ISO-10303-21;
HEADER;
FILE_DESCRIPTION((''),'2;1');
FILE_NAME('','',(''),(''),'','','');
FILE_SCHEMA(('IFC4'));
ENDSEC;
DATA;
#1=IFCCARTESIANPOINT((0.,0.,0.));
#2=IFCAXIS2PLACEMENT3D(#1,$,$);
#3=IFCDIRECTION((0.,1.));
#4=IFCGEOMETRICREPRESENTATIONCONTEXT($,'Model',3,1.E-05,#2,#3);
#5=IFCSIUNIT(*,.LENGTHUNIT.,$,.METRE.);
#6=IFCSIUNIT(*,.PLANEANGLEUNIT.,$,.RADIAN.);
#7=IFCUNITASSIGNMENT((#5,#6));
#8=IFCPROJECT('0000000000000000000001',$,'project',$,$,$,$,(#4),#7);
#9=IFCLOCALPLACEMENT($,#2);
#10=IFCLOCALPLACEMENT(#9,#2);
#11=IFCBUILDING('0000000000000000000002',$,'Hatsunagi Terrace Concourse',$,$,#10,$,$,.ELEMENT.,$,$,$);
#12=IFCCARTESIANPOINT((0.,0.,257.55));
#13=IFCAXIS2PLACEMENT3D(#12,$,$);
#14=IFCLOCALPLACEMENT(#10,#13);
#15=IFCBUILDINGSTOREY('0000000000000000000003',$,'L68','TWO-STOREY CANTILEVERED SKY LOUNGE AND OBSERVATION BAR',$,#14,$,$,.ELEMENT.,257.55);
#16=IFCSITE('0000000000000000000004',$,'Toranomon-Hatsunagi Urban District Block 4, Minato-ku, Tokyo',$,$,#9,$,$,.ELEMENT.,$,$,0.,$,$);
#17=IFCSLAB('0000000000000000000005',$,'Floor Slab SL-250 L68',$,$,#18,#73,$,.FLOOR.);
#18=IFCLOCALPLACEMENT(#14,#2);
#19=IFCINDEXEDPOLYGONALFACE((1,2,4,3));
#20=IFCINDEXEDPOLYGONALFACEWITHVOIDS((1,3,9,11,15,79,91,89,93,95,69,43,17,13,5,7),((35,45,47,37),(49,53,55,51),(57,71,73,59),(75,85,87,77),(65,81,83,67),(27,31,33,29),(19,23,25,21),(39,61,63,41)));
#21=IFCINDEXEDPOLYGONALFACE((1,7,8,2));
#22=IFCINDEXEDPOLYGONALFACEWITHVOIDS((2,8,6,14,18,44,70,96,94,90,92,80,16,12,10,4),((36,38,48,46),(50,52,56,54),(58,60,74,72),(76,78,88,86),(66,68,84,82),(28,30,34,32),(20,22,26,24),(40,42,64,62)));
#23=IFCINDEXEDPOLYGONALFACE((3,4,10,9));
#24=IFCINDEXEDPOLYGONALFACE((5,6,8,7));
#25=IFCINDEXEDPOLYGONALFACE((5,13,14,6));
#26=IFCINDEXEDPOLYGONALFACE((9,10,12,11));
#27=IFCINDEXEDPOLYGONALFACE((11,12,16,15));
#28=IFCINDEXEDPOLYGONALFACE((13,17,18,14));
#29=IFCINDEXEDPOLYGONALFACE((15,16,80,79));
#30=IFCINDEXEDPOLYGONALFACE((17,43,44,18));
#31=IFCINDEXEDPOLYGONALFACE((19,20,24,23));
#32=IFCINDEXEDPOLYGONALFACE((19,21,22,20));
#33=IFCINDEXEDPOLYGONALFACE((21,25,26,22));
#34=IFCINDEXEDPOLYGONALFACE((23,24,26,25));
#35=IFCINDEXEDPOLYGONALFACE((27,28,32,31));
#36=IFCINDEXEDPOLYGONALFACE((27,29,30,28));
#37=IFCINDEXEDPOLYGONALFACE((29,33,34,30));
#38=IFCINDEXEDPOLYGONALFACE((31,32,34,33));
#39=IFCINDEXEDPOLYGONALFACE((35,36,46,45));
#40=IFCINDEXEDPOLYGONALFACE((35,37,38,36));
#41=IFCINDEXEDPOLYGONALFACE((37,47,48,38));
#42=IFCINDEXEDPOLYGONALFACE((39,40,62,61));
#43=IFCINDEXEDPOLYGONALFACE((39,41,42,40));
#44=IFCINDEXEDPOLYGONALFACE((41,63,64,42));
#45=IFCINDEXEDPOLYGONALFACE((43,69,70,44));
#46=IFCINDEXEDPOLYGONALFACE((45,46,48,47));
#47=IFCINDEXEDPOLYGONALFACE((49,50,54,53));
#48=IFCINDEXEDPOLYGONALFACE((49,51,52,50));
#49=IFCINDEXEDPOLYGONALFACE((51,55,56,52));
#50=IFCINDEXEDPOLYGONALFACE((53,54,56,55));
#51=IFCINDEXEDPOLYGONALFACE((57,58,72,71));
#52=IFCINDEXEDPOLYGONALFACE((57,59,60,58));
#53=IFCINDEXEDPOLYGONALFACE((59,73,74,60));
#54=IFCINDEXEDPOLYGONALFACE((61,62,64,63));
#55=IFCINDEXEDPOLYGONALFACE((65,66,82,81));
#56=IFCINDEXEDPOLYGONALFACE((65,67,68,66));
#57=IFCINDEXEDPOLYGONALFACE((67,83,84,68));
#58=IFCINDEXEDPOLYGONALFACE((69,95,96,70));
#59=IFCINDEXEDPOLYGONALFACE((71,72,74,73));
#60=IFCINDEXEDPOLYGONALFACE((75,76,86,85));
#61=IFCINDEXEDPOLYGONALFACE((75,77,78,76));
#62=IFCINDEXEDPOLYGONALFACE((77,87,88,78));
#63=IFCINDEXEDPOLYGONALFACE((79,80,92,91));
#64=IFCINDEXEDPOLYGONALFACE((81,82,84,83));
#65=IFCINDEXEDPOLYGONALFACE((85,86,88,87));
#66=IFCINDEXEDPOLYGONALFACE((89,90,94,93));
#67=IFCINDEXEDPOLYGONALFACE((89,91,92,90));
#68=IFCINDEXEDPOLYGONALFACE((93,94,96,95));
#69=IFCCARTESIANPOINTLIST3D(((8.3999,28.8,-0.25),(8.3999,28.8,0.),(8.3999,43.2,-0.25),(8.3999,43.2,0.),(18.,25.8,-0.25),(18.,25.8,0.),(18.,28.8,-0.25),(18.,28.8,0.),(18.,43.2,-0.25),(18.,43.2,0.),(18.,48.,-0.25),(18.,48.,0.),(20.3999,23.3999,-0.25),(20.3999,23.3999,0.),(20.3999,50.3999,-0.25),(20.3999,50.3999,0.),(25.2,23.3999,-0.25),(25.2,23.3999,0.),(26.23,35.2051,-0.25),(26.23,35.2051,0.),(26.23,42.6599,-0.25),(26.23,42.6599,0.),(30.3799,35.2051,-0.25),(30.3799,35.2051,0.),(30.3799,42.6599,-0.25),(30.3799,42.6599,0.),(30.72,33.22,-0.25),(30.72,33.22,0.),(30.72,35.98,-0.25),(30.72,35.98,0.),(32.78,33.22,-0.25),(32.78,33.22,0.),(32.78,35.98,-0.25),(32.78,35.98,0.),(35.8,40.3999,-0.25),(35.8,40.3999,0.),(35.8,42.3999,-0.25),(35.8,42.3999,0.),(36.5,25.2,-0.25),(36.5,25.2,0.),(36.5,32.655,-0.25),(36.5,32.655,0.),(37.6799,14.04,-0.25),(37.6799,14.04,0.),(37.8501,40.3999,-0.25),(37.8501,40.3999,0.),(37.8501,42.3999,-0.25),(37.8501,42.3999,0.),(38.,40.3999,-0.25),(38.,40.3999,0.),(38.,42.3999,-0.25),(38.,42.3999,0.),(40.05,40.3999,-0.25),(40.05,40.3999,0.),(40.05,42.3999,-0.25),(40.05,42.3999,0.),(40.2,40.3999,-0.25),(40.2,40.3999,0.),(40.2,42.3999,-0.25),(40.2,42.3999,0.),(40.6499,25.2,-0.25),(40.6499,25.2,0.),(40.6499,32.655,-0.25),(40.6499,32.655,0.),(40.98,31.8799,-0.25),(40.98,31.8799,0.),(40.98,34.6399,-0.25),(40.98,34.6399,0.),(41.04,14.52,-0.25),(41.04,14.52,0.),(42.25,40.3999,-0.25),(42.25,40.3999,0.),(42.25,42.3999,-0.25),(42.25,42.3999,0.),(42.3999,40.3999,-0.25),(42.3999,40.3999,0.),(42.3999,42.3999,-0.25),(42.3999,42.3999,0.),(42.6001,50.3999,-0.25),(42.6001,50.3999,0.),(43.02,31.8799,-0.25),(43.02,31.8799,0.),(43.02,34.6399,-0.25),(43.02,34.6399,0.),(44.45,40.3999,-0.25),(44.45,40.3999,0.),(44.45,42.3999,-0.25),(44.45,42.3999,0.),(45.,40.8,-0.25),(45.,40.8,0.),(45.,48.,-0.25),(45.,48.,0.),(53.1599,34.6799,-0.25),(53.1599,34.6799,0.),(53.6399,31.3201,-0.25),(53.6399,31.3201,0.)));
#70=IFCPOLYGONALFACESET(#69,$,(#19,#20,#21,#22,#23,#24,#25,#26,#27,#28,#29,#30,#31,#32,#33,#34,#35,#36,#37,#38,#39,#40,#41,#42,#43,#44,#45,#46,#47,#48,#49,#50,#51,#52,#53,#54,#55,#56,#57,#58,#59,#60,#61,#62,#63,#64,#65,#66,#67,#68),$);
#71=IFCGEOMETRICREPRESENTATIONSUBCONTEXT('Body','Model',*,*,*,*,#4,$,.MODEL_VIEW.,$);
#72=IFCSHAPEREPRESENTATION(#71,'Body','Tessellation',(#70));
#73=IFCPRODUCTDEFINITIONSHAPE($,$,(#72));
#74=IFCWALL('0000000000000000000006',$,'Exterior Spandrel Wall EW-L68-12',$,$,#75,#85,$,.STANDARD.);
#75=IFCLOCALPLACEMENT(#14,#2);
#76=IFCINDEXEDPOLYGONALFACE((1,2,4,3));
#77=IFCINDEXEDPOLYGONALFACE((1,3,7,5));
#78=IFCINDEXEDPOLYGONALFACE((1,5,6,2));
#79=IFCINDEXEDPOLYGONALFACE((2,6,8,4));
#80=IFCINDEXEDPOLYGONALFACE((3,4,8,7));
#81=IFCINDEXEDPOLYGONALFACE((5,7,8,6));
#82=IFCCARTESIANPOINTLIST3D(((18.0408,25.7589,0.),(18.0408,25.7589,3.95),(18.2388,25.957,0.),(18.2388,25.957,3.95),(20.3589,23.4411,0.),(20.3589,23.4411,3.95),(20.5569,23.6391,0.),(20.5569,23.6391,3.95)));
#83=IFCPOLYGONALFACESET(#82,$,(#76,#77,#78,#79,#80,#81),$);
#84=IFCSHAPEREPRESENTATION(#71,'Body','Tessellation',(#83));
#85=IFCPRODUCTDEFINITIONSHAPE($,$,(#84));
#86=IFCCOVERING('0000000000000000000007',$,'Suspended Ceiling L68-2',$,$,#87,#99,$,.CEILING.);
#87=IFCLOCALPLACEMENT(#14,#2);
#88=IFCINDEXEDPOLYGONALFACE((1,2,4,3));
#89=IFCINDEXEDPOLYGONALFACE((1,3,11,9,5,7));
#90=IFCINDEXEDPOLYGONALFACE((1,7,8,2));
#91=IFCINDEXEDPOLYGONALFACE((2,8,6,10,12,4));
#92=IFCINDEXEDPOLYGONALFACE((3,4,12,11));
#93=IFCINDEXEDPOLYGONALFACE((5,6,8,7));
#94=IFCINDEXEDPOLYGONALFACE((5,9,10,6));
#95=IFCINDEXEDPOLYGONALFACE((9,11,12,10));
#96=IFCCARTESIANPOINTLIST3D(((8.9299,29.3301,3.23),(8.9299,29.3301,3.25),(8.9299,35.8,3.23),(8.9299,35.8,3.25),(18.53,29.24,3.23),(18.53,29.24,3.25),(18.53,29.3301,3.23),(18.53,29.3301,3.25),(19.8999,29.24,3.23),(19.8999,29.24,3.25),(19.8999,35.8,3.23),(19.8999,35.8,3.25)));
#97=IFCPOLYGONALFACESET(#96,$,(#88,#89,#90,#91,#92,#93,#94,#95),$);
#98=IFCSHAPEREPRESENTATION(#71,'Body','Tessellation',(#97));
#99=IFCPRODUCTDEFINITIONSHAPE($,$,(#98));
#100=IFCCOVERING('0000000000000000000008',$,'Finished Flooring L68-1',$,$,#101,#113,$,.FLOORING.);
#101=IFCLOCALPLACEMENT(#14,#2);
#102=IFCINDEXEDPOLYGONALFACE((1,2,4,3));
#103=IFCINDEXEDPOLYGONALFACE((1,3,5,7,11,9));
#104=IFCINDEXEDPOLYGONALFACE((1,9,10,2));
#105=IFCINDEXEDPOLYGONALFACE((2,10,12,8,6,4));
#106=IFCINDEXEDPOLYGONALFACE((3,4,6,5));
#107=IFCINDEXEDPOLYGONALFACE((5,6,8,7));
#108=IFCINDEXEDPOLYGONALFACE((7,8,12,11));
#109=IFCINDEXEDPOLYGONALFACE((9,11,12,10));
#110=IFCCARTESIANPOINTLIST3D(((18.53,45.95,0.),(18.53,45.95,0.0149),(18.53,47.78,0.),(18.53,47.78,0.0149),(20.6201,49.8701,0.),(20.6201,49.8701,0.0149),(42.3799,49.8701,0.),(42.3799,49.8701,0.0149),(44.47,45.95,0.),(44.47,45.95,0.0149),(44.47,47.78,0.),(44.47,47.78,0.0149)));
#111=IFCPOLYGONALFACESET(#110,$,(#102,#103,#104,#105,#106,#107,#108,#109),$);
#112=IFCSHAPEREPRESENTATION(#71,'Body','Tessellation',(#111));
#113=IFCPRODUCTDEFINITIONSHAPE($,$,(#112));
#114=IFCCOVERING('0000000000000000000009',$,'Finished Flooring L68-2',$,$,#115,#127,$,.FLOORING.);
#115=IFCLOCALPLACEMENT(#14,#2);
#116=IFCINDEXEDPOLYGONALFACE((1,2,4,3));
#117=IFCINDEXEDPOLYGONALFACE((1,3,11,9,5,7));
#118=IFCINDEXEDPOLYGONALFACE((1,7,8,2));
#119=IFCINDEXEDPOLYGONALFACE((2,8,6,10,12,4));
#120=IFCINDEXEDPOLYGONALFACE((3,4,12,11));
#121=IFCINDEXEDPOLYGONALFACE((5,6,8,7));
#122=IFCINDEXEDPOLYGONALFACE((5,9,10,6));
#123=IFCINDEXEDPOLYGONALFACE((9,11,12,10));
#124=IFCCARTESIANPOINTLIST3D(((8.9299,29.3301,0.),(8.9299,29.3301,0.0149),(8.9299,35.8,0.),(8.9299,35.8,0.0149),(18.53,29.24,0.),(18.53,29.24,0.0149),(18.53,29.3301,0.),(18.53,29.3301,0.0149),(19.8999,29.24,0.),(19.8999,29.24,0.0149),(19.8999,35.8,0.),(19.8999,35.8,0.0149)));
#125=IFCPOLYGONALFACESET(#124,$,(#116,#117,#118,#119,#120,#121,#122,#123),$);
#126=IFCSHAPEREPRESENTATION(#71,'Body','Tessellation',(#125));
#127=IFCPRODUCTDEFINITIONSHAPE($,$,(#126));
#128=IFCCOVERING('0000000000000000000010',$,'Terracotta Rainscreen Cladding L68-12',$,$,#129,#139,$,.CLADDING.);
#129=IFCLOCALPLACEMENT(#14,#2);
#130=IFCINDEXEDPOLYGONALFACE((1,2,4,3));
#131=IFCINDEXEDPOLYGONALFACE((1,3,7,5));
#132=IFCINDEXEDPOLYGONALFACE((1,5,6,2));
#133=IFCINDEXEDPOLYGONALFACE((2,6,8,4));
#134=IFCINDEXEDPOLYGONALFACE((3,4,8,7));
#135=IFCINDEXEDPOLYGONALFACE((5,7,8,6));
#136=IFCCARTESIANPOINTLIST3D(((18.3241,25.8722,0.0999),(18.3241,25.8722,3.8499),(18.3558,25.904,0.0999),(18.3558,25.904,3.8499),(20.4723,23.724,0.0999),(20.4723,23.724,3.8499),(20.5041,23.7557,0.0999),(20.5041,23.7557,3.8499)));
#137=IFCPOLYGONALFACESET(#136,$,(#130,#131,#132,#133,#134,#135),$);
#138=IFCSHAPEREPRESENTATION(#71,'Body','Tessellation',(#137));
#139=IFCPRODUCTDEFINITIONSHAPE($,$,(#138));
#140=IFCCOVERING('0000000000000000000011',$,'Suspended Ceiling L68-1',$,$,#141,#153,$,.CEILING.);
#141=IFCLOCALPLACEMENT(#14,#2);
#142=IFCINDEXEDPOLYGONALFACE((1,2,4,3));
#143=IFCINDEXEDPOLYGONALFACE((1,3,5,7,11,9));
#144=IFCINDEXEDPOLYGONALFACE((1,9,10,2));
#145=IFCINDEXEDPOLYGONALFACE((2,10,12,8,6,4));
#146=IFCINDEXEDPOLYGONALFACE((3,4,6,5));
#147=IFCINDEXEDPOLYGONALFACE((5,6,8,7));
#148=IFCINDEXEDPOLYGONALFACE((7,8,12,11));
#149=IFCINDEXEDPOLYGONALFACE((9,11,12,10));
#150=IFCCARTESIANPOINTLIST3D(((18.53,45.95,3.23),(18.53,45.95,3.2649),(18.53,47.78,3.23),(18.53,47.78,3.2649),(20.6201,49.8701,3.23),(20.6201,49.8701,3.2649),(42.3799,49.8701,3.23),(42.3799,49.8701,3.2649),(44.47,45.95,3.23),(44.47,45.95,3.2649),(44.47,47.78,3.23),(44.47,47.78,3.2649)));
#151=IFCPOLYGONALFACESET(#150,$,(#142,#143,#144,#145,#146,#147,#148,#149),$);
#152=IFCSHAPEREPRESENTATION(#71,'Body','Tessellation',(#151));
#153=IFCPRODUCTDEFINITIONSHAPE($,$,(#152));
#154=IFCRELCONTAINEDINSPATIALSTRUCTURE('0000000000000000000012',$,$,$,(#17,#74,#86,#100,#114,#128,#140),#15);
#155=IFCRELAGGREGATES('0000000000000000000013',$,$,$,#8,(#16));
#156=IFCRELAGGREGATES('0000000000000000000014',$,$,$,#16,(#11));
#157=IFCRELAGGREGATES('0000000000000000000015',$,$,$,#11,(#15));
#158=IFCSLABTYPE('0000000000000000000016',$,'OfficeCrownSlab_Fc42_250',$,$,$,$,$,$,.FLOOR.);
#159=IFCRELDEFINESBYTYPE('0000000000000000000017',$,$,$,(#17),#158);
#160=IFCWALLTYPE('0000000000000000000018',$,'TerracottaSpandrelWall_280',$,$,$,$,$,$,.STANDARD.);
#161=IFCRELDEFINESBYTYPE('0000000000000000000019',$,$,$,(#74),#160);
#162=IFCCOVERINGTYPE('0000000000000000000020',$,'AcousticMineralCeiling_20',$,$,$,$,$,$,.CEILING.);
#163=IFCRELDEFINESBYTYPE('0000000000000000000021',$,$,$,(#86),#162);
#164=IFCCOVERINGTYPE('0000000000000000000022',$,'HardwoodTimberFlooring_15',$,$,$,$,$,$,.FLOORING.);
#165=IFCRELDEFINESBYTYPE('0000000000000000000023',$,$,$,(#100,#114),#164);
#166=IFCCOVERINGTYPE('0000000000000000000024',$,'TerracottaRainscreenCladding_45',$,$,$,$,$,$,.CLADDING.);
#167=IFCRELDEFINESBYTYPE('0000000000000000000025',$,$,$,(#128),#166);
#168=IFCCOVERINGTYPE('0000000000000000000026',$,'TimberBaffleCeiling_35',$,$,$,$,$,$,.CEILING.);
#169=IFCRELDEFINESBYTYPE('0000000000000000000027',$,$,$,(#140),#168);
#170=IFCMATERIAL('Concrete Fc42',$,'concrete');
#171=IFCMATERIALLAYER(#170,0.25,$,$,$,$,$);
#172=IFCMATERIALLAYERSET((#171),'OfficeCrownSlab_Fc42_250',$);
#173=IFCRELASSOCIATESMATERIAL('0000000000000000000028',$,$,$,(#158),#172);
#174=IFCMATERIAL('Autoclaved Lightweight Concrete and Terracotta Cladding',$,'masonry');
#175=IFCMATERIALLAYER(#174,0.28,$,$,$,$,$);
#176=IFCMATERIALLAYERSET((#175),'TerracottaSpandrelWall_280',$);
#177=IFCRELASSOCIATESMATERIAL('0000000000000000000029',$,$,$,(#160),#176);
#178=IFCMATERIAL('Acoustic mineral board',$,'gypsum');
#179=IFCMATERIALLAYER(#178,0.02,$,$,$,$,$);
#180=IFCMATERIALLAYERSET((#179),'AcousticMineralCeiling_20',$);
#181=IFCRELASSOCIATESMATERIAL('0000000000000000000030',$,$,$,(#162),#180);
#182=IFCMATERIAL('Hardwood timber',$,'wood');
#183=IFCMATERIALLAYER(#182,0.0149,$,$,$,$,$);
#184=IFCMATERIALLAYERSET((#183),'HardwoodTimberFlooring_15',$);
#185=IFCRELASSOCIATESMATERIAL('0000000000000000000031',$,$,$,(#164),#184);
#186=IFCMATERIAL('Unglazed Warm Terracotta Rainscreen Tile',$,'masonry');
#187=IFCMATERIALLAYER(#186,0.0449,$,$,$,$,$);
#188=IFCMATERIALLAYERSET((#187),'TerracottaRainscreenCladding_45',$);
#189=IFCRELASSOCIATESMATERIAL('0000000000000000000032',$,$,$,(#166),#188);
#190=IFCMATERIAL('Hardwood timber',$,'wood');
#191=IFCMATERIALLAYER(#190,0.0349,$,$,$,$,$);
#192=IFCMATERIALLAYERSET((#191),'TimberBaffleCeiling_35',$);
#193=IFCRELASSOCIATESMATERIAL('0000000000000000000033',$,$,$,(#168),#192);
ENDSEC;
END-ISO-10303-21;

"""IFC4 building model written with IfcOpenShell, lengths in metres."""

from ifc_helpers import new_model, si_unit, direction, frame, frame_2d, origin, origin_2d, place, context, subcontext, project, spatial, polyline, rectangle, outline, extrude, material, layer, layer_set, type_object, element, save


model = new_model("IFC4")

# Units and contexts
model_context = context("Model", 3, precision=1e-05, world=origin(), true_north=direction((0.0, 1.0)))
body_context = subcontext(model_context, "Body", "Model", "MODEL_VIEW")
ifc_project = project(units=[si_unit("LENGTHUNIT", "METRE"), si_unit("PLANEANGLEUNIT", "RADIAN")], contexts=[model_context])

# Site, building, storey
site_placement = place(None, origin())
site = spatial("IfcSite", under=ifc_project, at=site_placement, Name="Toranomon-Hatsunagi Urban District Block 4, Minato-ku, Tokyo", CompositionType="ELEMENT", RefElevation=0.0)
building_placement = place(site_placement, origin())
building = spatial("IfcBuilding", under=site, at=building_placement, Name="Hatsunagi Terrace Concourse", CompositionType="ELEMENT")
storey_placement = place(building_placement, frame((0.0, 0.0, 257.55)))
storey = spatial("IfcBuildingStorey", under=building, at=storey_placement, Name="L68", Description="TWO-STOREY CANTILEVERED SKY LOUNGE AND OBSERVATION BAR", CompositionType="ELEMENT", Elevation=257.55)

# Slab
ifc_material_1 = material(Name="Concrete Fc42", Category="concrete")
ifc_layer_1 = layer(ifc_material_1, 0.25)
ifc_layer_set_1 = layer_set([ifc_layer_1], Name="OfficeCrownSlab_Fc42_250")
slab_type_1 = type_object("IfcSlabType", Name="OfficeCrownSlab_Fc42_250", PredefinedType="FLOOR", material=ifc_layer_set_1)
slab_1_placement = place(storey_placement, frame((0.0, 0.0, -0.25)))
element("IfcSlab", 1, at=slab_1_placement, inside=storey, type_object=slab_type_1, Name="Floor Slab SL-250 L68", PredefinedType="FLOOR", context=body_context, shape_type="SweptSolid", body=[
    extrude(outline(polyline([(18.0, 43.2), (8.3999, 43.2), (8.3999, 28.8), (18.0, 28.8), (18.0, 25.8), (20.3999, 23.3999), (25.2, 23.3999), (37.6799, 14.04), (41.04, 14.52), (53.6399, 31.3201), (53.1599, 34.6799), (45.0, 40.8), (45.0, 48.0), (42.6001, 50.3999), (20.3999, 50.3999), (18.0, 48.0), (18.0, 43.2)]), holes=[polyline([(26.23, 35.2051), (30.3799, 35.2051), (30.3799, 42.6599), (26.23, 42.6599), (26.23, 35.2051)]), polyline([(36.5, 25.2), (40.6499, 25.2), (40.6499, 32.655), (36.5, 32.655), (36.5, 25.2)]), polyline([(30.72, 33.22), (32.78, 33.22), (32.78, 35.98), (30.72, 35.98), (30.72, 33.22)]), polyline([(40.98, 31.8799), (43.02, 31.8799), (43.02, 34.6399), (40.98, 34.6399), (40.98, 31.8799)]), polyline([(35.8, 40.3999), (37.8501, 40.3999), (37.8501, 42.3999), (35.8, 42.3999), (35.8, 40.3999)]), polyline([(38.0, 40.3999), (40.05, 40.3999), (40.05, 42.3999), (38.0, 42.3999), (38.0, 40.3999)]), polyline([(40.2, 40.3999), (42.25, 40.3999), (42.25, 42.3999), (40.2, 42.3999), (40.2, 40.3999)]), polyline([(42.3999, 40.3999), (44.45, 40.3999), (44.45, 42.3999), (42.3999, 42.3999), (42.3999, 40.3999)])]), origin(), (0.0, 0.0, 1.0), 0.25),
])

# Wall
ifc_material_2 = material(Name="Autoclaved Lightweight Concrete and Terracotta Cladding", Category="masonry")
ifc_layer_2 = layer(ifc_material_2, 0.28)
ifc_layer_set_2 = layer_set([ifc_layer_2], Name="TerracottaSpandrelWall_280")
wall_type = type_object("IfcWallType", Name="TerracottaSpandrelWall_280", PredefinedType="STANDARD", material=ifc_layer_set_2)
wall_placement = place(storey_placement, frame((20.458, 23.54, 0.0), z_axis=(0.0, 0.0, 1.0), x_axis=(-0.707144, 0.70707, 0.0)))
element("IfcWall", 2, at=wall_placement, inside=storey, type_object=wall_type, Name="Exterior Spandrel Wall EW-L68-12", PredefinedType="STANDARD", context=body_context, shape_type="SweptSolid", body=[
    extrude(rectangle(XDim=3.2781, YDim=0.28, at=frame_2d((1.6392, 0.0))), origin(), (0.0, 0.0, 1.0), 3.95),
])

# Coverings
ifc_material_3 = material(Name="Acoustic mineral board", Category="gypsum")
ifc_layer_3 = layer(ifc_material_3, 0.02)
ifc_layer_set_3 = layer_set([ifc_layer_3], Name="AcousticMineralCeiling_20")
covering_type_1 = type_object("IfcCoveringType", Name="AcousticMineralCeiling_20", PredefinedType="CEILING", material=ifc_layer_set_3)
covering_1_placement = place(storey_placement, frame((0.0, 0.0, 3.23)))
element("IfcCovering", 3, at=covering_1_placement, inside=storey, type_object=covering_type_1, Name="Suspended Ceiling L68-2", PredefinedType="CEILING", context=body_context, shape_type="SweptSolid", body=[
    extrude(outline(polyline([(18.53, 29.24), (19.8999, 29.24), (19.8999, 35.8), (8.9299, 35.8), (8.9299, 29.3301), (18.53, 29.3301), (18.53, 29.24)])), origin(), (0.0, 0.0, 1.0), 0.02),
])
ifc_material_4 = material(Name="Hardwood timber", Category="wood")
ifc_layer_4 = layer(ifc_material_4, 0.0149)
ifc_layer_set_4 = layer_set([ifc_layer_4], Name="HardwoodTimberFlooring_15")
covering_type_2 = type_object("IfcCoveringType", Name="HardwoodTimberFlooring_15", PredefinedType="FLOORING", material=ifc_layer_set_4)
covering_2_placement = place(storey_placement, origin())
element("IfcCovering", 4, at=covering_2_placement, inside=storey, type_object=covering_type_2, Name="Finished Flooring L68-1", PredefinedType="FLOORING", context=body_context, shape_type="SweptSolid", body=[
    extrude(outline(polyline([(20.6201, 49.8701), (18.53, 47.78), (18.53, 45.95), (44.47, 45.95), (44.47, 47.78), (42.3799, 49.8701), (20.6201, 49.8701)])), origin(), (0.0, 0.0, 1.0), 0.0149),
])
covering_3_placement = place(storey_placement, origin())
element("IfcCovering", 5, at=covering_3_placement, inside=storey, type_object=covering_type_2, Name="Finished Flooring L68-2", PredefinedType="FLOORING", context=body_context, shape_type="SweptSolid", body=[
    extrude(outline(polyline([(18.53, 29.24), (19.8999, 29.24), (19.8999, 35.8), (8.9299, 35.8), (8.9299, 29.3301), (18.53, 29.3301), (18.53, 29.24)])), origin(), (0.0, 0.0, 1.0), 0.0149),
])
ifc_material_5 = material(Name="Unglazed Warm Terracotta Rainscreen Tile", Category="masonry")
ifc_layer_5 = layer(ifc_material_5, 0.0449)
ifc_layer_set_5 = layer_set([ifc_layer_5], Name="TerracottaRainscreenCladding_45")
covering_type_3 = type_object("IfcCoveringType", Name="TerracottaRainscreenCladding_45", PredefinedType="CLADDING", material=ifc_layer_set_5)
covering_4_placement = place(storey_placement, frame((19.4141, 24.814, 0.0999), z_axis=(0.0, 0.0, 1.0), x_axis=(-0.707107, 0.707107, 0.0)))
element("IfcCovering", 6, at=covering_4_placement, inside=storey, type_object=covering_type_3, Name="Terracotta Rainscreen Cladding L68-12", PredefinedType="CLADDING", context=body_context, shape_type="SweptSolid", body=[
    extrude(rectangle(XDim=3.0381, YDim=0.0449, at=origin_2d()), origin(), (0.0, 0.0, 1.0), 3.75),
])
ifc_material_6 = material(Name="Hardwood timber", Category="wood")
ifc_layer_6 = layer(ifc_material_6, 0.0349)
ifc_layer_set_6 = layer_set([ifc_layer_6], Name="TimberBaffleCeiling_35")
covering_type_4 = type_object("IfcCoveringType", Name="TimberBaffleCeiling_35", PredefinedType="CEILING", material=ifc_layer_set_6)
covering_5_placement = place(storey_placement, frame((0.0, 0.0, 3.23)))
element("IfcCovering", 7, at=covering_5_placement, inside=storey, type_object=covering_type_4, Name="Suspended Ceiling L68-1", PredefinedType="CEILING", context=body_context, shape_type="SweptSolid", body=[
    extrude(outline(polyline([(20.6201, 49.8701), (18.53, 47.78), (18.53, 45.95), (44.47, 45.95), (44.47, 47.78), (42.3799, 49.8701), (20.6201, 49.8701)])), origin(), (0.0, 0.0, 1.0), 0.0349),
])

save(model, "model.ifc")
